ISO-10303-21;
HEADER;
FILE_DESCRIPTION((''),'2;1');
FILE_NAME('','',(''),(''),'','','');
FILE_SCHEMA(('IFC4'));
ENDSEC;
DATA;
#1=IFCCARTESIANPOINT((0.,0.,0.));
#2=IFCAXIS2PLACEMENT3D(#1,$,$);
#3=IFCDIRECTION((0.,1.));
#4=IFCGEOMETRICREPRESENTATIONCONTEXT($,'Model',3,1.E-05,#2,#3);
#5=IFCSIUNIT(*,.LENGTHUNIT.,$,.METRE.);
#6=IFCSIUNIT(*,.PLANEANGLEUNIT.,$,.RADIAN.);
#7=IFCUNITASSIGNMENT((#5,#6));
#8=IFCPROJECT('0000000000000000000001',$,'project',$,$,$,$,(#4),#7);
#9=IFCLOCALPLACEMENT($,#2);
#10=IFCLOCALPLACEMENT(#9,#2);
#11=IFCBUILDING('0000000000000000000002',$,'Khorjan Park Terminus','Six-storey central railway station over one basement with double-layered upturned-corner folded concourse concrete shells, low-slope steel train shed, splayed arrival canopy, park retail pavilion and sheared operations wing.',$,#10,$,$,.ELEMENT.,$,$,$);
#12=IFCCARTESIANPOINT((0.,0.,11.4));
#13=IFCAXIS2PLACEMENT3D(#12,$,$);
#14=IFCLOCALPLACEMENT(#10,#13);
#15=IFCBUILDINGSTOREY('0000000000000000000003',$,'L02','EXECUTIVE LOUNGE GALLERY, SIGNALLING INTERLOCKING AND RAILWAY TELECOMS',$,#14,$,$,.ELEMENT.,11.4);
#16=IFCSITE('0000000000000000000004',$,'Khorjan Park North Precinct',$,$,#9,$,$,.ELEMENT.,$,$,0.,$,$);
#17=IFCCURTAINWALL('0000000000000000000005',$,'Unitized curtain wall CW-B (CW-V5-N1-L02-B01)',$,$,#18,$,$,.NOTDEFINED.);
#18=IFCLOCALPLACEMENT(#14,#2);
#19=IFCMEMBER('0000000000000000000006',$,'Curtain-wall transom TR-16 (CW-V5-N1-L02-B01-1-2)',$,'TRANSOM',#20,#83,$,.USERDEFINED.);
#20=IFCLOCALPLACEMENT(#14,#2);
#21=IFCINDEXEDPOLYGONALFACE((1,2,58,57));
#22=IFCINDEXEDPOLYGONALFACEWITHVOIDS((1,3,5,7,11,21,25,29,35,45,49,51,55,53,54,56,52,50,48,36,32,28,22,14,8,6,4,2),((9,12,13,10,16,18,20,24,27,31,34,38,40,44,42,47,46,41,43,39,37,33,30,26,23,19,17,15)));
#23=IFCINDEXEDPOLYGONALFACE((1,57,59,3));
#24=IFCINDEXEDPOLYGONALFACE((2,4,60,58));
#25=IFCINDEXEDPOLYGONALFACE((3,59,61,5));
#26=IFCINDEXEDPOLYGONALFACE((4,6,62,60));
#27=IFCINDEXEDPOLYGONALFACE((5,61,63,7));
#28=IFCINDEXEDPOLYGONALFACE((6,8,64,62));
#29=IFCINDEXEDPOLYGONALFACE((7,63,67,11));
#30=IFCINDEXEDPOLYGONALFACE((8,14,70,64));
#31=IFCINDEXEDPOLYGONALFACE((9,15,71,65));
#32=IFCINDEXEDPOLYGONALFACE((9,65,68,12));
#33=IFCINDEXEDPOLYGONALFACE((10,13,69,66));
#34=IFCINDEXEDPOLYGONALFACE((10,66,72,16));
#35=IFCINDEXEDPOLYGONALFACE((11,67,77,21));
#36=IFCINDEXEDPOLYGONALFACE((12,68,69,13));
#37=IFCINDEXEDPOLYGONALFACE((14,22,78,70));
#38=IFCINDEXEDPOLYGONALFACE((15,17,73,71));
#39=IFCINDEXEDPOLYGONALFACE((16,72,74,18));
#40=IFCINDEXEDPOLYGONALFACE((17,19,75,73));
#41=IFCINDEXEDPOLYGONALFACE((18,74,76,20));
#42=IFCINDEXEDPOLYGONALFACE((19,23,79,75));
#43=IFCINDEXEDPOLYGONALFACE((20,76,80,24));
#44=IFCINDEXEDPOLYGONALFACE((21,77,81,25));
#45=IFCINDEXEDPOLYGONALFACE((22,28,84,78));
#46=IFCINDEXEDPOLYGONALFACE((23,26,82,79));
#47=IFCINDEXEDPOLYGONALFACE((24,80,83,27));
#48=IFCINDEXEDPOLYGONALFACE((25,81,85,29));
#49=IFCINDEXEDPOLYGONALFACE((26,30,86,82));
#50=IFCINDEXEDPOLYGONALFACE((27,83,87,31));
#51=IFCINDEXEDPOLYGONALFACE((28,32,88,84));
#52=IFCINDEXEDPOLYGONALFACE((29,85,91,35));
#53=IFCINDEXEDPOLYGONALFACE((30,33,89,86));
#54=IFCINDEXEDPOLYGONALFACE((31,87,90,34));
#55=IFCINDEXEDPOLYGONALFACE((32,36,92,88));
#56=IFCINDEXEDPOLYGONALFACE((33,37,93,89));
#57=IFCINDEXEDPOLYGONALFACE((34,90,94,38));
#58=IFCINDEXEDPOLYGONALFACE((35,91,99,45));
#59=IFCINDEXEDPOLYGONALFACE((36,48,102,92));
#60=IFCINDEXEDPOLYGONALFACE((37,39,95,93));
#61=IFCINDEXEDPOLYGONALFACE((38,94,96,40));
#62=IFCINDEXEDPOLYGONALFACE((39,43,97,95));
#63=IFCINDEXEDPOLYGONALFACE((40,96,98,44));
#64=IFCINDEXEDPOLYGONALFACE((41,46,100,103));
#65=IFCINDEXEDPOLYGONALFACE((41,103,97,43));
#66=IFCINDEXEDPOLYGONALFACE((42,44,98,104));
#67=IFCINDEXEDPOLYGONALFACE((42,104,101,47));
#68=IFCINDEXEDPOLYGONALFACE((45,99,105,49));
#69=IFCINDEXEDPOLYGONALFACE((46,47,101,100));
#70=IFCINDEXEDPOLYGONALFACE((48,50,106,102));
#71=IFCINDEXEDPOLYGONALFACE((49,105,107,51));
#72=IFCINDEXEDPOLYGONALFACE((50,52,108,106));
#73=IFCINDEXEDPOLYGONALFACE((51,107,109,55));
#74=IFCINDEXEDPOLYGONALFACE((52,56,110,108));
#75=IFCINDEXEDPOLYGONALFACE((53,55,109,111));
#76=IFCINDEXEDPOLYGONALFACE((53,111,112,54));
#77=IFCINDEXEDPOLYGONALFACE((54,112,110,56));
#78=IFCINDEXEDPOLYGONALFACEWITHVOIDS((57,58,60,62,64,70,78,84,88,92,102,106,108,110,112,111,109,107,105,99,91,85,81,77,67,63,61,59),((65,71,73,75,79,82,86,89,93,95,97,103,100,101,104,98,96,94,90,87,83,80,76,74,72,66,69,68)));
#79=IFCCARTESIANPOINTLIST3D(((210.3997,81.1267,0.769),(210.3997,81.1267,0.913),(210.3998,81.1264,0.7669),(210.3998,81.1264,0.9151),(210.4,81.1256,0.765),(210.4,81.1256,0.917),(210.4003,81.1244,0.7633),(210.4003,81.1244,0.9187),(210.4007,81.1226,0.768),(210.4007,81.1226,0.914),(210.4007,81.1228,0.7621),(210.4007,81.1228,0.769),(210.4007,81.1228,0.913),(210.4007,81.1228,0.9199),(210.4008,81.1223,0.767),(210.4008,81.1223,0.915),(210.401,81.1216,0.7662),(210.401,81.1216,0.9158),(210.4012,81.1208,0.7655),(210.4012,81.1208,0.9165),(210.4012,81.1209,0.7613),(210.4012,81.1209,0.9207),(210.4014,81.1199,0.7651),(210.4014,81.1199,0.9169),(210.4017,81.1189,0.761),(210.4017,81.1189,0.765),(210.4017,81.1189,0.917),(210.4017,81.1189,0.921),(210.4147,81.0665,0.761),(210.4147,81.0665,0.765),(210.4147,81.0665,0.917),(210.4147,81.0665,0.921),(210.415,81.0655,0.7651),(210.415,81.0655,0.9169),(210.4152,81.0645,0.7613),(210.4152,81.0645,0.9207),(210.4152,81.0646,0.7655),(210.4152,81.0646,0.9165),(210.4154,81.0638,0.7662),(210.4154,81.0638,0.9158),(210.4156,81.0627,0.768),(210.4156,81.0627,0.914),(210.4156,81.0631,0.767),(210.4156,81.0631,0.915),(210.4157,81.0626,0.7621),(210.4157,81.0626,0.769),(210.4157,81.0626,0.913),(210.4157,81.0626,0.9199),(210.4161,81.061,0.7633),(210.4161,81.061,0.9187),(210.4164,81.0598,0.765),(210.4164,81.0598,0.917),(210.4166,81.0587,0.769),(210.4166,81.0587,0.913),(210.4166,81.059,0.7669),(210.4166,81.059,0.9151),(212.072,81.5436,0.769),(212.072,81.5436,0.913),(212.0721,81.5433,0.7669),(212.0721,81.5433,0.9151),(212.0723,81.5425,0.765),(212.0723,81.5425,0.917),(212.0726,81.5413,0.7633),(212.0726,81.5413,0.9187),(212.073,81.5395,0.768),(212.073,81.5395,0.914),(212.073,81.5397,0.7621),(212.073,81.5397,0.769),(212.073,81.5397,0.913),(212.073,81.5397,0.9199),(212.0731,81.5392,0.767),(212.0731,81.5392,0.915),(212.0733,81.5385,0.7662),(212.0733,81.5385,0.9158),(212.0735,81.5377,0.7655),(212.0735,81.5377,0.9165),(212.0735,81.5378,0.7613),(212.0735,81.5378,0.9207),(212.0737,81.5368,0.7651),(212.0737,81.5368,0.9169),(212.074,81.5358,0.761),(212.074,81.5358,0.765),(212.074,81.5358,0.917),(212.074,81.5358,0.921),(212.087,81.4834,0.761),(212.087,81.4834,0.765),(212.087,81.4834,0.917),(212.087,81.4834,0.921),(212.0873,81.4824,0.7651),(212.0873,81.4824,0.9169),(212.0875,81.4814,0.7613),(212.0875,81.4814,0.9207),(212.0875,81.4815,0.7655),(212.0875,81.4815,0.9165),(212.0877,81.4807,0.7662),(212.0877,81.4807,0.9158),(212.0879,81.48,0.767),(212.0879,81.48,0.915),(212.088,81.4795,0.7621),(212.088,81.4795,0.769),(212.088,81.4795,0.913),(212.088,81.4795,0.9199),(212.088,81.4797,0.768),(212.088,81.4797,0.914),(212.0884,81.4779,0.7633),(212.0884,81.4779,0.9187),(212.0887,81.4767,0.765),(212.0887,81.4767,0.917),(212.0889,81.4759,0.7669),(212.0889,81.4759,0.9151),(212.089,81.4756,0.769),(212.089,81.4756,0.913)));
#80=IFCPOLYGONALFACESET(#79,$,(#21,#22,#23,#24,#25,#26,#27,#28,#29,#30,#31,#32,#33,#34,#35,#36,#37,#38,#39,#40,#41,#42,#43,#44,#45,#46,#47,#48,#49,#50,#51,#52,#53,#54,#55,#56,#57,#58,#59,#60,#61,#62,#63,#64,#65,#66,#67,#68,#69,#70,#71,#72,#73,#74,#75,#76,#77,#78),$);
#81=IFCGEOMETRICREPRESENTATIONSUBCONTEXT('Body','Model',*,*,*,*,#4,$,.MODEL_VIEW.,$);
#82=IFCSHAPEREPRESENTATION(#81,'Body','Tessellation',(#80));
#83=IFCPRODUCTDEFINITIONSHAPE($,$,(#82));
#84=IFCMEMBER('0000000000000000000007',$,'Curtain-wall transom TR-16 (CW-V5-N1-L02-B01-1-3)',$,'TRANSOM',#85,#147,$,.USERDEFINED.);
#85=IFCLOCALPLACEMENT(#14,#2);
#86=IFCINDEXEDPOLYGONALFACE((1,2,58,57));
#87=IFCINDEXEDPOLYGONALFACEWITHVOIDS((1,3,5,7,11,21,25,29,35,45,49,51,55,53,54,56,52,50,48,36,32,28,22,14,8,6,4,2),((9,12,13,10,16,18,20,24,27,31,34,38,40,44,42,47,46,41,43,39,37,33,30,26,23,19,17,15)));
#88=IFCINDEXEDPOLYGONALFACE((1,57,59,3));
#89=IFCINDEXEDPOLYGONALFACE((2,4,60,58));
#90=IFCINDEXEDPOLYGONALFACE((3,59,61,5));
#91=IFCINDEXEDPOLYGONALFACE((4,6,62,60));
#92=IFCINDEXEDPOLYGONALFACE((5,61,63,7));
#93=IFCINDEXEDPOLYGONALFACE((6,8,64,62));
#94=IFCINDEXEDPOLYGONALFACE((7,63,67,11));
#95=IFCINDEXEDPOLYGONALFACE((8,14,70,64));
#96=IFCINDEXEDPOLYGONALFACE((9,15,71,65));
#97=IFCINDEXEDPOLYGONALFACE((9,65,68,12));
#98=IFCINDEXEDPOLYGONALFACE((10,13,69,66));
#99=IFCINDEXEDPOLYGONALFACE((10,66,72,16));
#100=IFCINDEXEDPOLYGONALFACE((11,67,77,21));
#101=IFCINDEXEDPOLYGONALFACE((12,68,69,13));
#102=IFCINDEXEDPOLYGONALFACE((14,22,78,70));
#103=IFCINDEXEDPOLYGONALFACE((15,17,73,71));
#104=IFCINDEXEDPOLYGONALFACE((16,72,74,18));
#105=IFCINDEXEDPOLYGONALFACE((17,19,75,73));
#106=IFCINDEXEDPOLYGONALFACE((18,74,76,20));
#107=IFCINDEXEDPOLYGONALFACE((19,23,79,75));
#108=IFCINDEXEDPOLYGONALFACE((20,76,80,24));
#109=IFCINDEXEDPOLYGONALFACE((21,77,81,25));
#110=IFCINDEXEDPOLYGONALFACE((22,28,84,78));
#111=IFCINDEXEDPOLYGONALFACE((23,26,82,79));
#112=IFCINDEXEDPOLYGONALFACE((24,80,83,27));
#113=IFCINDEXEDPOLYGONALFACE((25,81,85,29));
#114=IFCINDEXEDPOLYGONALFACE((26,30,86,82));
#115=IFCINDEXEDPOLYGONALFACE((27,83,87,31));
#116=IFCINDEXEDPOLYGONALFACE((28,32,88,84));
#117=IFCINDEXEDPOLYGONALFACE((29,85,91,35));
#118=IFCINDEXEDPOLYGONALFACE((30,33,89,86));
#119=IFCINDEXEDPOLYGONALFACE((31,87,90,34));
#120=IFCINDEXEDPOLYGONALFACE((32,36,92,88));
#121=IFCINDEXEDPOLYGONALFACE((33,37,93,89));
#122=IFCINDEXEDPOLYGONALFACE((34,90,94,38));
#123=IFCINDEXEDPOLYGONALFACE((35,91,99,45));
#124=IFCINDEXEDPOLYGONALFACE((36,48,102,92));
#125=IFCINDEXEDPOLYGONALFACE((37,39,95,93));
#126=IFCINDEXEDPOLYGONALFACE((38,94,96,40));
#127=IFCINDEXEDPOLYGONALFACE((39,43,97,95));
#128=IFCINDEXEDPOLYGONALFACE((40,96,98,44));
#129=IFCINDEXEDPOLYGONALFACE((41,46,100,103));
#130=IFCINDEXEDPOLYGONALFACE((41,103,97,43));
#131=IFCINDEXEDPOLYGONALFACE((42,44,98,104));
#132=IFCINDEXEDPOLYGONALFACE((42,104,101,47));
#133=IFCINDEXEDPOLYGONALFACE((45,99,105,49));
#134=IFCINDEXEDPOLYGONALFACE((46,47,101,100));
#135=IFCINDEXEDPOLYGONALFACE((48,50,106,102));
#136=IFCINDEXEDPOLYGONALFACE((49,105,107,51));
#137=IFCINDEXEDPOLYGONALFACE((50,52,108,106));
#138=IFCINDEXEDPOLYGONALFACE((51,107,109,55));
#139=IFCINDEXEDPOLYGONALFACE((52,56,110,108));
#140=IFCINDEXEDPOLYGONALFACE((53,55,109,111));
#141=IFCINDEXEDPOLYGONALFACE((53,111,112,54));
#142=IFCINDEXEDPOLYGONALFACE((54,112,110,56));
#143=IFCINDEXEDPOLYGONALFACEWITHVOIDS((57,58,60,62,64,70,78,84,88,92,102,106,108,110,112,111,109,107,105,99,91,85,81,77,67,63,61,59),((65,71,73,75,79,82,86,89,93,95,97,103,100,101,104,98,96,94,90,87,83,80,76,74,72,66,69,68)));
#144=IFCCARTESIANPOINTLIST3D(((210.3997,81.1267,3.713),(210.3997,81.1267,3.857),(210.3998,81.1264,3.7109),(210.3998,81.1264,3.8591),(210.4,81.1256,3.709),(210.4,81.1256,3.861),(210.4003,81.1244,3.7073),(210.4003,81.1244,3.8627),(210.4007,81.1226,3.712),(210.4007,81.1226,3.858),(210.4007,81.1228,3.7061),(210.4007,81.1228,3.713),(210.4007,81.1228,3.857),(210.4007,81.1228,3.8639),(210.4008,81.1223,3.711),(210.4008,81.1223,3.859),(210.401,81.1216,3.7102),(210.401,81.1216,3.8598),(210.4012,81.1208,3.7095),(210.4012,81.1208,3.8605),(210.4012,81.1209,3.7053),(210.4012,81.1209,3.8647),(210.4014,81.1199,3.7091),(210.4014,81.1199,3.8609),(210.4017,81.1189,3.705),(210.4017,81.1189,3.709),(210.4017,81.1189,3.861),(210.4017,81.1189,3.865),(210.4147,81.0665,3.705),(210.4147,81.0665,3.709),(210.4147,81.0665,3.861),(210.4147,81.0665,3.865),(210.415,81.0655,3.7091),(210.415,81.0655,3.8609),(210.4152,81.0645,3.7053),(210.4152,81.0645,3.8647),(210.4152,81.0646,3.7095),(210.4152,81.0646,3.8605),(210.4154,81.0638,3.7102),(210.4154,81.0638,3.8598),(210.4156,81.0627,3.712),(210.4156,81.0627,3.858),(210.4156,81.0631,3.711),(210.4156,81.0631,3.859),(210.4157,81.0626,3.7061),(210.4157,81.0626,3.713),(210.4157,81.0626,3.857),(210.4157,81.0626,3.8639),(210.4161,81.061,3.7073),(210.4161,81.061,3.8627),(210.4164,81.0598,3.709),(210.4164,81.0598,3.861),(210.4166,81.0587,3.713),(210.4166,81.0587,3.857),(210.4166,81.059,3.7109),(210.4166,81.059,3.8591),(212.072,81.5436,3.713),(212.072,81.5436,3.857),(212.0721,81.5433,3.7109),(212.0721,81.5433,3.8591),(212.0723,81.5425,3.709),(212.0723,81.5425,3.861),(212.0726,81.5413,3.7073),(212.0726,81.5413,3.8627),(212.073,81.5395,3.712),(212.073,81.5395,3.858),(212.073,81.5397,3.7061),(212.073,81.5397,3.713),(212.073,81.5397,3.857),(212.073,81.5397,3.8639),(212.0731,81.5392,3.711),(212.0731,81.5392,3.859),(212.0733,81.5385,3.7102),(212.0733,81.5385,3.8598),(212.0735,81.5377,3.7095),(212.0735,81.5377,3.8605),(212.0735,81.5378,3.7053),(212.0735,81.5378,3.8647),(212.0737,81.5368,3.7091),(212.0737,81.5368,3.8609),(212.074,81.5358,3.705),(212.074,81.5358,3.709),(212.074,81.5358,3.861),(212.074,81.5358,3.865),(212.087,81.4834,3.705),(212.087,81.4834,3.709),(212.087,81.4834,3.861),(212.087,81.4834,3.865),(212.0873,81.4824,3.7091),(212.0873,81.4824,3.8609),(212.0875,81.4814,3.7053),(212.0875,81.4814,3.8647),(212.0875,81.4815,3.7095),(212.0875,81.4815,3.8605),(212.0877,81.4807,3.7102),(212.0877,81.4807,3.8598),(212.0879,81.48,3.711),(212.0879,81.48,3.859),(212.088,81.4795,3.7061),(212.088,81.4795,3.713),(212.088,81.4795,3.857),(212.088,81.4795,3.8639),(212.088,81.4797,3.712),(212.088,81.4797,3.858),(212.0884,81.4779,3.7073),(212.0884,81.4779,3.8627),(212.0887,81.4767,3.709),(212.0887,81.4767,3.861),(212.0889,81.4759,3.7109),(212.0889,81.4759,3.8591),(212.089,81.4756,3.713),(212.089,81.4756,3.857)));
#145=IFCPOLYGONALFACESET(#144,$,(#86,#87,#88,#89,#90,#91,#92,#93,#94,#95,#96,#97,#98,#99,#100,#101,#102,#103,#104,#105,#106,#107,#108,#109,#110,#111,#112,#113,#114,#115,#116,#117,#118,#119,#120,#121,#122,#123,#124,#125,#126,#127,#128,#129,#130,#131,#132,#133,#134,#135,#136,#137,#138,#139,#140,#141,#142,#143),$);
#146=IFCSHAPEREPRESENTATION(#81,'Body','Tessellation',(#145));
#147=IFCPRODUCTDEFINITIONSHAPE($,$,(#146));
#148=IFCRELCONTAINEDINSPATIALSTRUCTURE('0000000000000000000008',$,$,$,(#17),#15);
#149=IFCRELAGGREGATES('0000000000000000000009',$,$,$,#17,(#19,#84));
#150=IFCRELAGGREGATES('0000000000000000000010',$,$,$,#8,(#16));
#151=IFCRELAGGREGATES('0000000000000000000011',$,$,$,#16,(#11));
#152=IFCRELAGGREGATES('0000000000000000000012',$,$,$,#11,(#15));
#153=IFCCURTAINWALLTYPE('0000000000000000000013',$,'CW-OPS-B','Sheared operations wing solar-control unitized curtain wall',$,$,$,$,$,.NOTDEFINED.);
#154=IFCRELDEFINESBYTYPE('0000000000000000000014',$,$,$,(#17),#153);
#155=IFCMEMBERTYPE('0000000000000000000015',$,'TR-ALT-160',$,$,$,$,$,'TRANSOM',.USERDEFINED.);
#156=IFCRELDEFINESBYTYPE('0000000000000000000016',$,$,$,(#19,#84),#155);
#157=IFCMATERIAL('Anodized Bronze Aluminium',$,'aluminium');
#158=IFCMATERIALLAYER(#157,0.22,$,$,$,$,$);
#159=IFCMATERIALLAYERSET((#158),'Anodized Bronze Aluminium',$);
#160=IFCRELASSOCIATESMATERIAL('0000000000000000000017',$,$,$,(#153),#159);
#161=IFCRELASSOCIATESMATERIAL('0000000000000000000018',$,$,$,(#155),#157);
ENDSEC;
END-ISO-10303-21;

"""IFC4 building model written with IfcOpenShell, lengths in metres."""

from ifc_helpers import new_model, si_unit, direction, frame, origin, origin_2d, place, context, subcontext, project, spatial, hollow_rectangle, extrude, material, layer, layer_set, material_profile, profile_set, type_object, element, aggregate, save


model = new_model("IFC4")

# Units and contexts
model_context = context("Model", 3, precision=1e-05, world=origin(), true_north=direction((0.0, 1.0)))
body_context = subcontext(model_context, "Body", "Model", "MODEL_VIEW")
ifc_project = project(units=[si_unit("LENGTHUNIT", "METRE"), si_unit("PLANEANGLEUNIT", "RADIAN")], contexts=[model_context])

# Site, building, storey
site_placement = place(None, origin())
site = spatial("IfcSite", under=ifc_project, at=site_placement, Name="Khorjan Park North Precinct", CompositionType="ELEMENT", RefElevation=0.0)
building_placement = place(site_placement, origin())
building = spatial("IfcBuilding", under=site, at=building_placement, Name="Khorjan Park Terminus", Description="Six-storey central railway station over one basement with double-layered upturned-corner folded concourse concrete shells, low-slope steel train shed, splayed arrival canopy, park retail pavilion and sheared operations wing.", CompositionType="ELEMENT")
storey_placement = place(building_placement, frame((0.0, 0.0, 11.4)))
storey = spatial("IfcBuildingStorey", under=building, at=storey_placement, Name="L02", Description="EXECUTIVE LOUNGE GALLERY, SIGNALLING INTERLOCKING AND RAILWAY TELECOMS", CompositionType="ELEMENT", Elevation=11.4)

# Curtain wall, members
ifc_material_1 = material(Name="Anodized Bronze Aluminium", Category="aluminium")
ifc_layer_1 = layer(ifc_material_1, 0.22)
ifc_layer_set_1 = layer_set([ifc_layer_1], Name="Anodized Bronze Aluminium")
curtain_wall_type = type_object("IfcCurtainWallType", Name="CW-OPS-B", Description="Sheared operations wing solar-control unitized curtain wall", PredefinedType="NOTDEFINED", material=ifc_layer_set_1)
curtain_wall_placement = place(storey_placement, origin())
curtain_wall = element("IfcCurtainWall", 1, at=curtain_wall_placement, inside=storey, type_object=curtain_wall_type, Name="Unitized curtain wall CW-B (CW-V5-N1-L02-B01)", PredefinedType="NOTDEFINED")
ifc_material_profile_1 = material_profile(ifc_material_1, hollow_rectangle(XDim=0.07, YDim=0.16, WallThickness=0.004, InnerFilletRadius=0.004, OuterFilletRadius=0.008, at=origin_2d()), Name="ALT 70x160x4")
ifc_profile_set_1 = profile_set([ifc_material_profile_1], Name="Anodized Bronze Aluminium")
member_type_1 = type_object("IfcMemberType", Name="TR-ALT-160", ElementType="TRANSOM", PredefinedType="USERDEFINED", material=ifc_profile_set_1)
member_1_placement = place(storey_placement, frame((212.0805, 81.5096, 0.841), z_axis=(-0.970303, -0.241894, 0.0), x_axis=(0.241894, -0.970303, 0.0)))
member_1 = element("IfcMember", 2, at=member_1_placement, type_object=member_type_1, Name="Curtain-wall transom TR-16 (CW-V5-N1-L02-B01-1-2)", ObjectType="TRANSOM", PredefinedType="USERDEFINED", context=body_context, shape_type="SweptSolid", body=[
    extrude(hollow_rectangle(XDim=0.07, YDim=0.16, WallThickness=0.004, InnerFilletRadius=0.004, OuterFilletRadius=0.008, at=origin_2d()), origin(), (0.0, 0.0, 1.0), 1.7235),
])
member_2_placement = place(storey_placement, frame((212.0805, 81.5096, 3.785), z_axis=(-0.970303, -0.241894, 0.0), x_axis=(0.241894, -0.970303, 0.0)))
member_2 = element("IfcMember", 3, at=member_2_placement, type_object=member_type_1, Name="Curtain-wall transom TR-16 (CW-V5-N1-L02-B01-1-3)", ObjectType="TRANSOM", PredefinedType="USERDEFINED", context=body_context, shape_type="SweptSolid", body=[
    extrude(hollow_rectangle(XDim=0.07, YDim=0.16, WallThickness=0.004, InnerFilletRadius=0.004, OuterFilletRadius=0.008, at=origin_2d()), origin(), (0.0, 0.0, 1.0), 1.7235),
])
aggregate(curtain_wall, [member_1, member_2])

save(model, "model.ifc")
